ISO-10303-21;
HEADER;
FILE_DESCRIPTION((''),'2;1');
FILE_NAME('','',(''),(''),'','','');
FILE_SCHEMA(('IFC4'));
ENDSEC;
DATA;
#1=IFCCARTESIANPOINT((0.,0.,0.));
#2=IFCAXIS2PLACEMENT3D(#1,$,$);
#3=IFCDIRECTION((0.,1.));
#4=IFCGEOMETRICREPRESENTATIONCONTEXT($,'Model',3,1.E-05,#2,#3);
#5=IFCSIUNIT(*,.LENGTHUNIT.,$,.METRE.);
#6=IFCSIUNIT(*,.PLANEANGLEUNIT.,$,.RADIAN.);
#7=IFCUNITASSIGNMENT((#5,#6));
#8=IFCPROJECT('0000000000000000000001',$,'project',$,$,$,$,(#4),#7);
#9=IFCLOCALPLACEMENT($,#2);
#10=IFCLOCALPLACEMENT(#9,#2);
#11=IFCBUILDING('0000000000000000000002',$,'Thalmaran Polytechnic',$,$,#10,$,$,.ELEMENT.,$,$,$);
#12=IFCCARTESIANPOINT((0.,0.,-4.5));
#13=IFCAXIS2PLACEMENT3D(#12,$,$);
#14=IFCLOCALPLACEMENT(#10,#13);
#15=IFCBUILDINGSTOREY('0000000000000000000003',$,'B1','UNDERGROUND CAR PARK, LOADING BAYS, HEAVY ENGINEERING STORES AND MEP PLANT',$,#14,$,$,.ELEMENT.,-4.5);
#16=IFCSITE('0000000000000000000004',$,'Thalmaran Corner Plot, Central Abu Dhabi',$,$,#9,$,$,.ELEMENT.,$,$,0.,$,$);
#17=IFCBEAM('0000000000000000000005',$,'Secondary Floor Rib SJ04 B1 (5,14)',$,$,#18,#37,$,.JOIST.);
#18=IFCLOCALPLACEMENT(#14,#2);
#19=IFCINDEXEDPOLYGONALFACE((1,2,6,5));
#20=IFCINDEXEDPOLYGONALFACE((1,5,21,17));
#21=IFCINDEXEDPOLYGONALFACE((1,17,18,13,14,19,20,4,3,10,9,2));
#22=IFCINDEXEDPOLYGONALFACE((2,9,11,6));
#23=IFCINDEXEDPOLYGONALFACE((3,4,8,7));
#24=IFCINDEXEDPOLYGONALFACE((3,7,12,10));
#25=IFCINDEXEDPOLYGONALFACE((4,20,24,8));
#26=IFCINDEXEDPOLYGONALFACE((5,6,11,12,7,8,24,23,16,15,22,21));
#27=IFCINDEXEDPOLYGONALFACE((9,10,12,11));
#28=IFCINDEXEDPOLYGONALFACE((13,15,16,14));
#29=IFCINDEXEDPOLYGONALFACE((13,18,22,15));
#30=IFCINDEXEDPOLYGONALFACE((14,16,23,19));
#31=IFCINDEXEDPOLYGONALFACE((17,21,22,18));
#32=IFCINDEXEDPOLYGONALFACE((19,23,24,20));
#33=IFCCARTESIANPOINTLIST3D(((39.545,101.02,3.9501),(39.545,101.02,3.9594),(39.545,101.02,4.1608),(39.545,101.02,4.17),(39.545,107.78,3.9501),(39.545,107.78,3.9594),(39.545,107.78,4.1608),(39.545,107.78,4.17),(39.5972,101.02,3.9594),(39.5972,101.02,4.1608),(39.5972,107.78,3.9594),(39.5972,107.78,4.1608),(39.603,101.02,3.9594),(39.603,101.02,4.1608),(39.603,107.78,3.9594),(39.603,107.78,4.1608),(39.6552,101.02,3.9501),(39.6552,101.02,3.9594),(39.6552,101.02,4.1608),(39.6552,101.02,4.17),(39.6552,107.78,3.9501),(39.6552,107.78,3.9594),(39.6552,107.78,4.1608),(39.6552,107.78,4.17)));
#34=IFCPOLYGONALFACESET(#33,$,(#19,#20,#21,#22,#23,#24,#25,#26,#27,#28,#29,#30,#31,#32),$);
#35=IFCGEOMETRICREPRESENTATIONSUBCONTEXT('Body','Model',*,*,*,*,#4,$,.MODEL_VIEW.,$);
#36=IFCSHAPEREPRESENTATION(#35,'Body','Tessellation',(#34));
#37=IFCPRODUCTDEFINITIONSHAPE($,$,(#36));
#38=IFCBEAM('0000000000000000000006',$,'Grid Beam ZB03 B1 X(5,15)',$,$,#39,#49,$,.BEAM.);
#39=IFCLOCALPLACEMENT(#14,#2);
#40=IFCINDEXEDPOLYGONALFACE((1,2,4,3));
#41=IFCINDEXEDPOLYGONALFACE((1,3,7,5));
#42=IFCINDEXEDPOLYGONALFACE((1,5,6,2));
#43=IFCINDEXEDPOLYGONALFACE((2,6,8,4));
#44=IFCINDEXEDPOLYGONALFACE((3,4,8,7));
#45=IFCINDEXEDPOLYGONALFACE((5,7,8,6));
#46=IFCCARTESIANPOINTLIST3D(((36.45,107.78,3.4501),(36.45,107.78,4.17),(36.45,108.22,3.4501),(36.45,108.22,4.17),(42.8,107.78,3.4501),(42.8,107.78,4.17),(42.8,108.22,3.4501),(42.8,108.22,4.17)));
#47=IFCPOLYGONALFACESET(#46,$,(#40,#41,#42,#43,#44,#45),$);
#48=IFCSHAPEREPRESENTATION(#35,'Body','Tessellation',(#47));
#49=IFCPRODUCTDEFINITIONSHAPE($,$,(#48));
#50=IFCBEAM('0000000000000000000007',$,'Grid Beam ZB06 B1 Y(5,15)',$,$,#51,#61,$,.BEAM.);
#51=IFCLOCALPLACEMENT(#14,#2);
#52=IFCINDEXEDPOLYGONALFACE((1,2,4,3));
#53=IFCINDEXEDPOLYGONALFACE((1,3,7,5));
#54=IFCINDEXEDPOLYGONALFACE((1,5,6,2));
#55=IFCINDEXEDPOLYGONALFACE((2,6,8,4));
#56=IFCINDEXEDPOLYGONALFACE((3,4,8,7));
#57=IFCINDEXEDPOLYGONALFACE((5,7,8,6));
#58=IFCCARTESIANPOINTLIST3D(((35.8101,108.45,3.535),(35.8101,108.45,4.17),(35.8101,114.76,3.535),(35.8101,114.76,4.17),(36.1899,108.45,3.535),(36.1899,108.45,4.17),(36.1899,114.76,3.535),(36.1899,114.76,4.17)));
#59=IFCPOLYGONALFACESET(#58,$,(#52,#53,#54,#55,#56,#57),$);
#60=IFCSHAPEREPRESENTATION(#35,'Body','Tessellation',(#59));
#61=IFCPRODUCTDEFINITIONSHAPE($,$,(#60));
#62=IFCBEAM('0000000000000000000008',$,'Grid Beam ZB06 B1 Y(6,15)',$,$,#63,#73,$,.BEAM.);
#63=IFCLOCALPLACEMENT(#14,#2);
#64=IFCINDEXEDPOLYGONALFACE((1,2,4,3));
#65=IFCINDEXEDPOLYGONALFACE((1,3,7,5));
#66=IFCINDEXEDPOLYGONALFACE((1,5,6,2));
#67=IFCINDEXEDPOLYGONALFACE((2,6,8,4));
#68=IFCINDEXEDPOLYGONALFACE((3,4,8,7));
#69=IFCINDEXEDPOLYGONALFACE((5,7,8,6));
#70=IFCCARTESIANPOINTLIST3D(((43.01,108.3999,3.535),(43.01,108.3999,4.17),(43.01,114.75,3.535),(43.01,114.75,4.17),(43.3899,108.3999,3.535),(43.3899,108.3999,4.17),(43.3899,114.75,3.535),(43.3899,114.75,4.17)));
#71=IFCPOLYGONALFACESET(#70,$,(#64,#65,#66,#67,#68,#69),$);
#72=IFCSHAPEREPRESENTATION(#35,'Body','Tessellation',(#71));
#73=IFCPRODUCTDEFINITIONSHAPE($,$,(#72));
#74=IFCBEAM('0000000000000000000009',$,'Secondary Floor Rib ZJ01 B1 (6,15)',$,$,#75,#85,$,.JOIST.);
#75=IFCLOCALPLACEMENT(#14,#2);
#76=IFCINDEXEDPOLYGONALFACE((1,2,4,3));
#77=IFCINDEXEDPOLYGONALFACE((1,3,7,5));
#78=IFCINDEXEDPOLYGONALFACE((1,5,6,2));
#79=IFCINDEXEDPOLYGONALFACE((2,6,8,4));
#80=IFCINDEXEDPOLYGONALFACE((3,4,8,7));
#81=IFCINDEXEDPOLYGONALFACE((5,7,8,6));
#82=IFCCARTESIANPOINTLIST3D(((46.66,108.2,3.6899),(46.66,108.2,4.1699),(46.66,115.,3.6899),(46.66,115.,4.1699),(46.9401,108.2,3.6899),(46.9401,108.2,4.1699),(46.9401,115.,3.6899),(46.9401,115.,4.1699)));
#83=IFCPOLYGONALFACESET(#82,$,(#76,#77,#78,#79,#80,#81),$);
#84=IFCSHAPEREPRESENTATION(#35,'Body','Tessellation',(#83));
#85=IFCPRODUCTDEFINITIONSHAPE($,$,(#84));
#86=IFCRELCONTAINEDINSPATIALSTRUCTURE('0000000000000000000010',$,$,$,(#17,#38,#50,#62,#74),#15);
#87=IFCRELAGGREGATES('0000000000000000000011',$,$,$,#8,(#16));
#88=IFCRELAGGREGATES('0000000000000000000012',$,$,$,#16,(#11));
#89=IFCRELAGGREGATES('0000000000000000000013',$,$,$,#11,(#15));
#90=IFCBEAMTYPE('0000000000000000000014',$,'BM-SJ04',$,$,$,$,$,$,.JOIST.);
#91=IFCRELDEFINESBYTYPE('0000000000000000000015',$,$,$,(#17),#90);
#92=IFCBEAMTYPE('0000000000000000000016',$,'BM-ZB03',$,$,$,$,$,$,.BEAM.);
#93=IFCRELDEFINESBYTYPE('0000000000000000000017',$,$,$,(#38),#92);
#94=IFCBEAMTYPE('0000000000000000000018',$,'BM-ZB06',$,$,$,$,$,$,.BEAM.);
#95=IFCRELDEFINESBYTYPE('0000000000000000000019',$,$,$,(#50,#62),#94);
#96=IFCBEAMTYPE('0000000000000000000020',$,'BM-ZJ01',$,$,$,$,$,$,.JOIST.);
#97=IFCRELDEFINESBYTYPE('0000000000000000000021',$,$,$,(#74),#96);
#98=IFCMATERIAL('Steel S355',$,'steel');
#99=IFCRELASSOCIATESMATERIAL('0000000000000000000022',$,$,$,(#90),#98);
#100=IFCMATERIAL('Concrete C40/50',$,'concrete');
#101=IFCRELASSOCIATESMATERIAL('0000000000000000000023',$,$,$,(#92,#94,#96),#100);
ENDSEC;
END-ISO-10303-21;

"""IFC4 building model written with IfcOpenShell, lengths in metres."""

from ifc_helpers import new_model, si_unit, direction, frame, origin, origin_2d, place, context, subcontext, project, spatial, rectangle, i_section, extrude, material, material_profile, profile_set, type_object, element, save


model = new_model("IFC4")

# Units and contexts
model_context = context("Model", 3, precision=1e-05, world=origin(), true_north=direction((0.0, 1.0)))
body_context = subcontext(model_context, "Body", "Model", "MODEL_VIEW")
ifc_project = project(units=[si_unit("LENGTHUNIT", "METRE"), si_unit("PLANEANGLEUNIT", "RADIAN")], contexts=[model_context])

# Site, building, storey
site_placement = place(None, origin())
site = spatial("IfcSite", under=ifc_project, at=site_placement, Name="Thalmaran Corner Plot, Central Abu Dhabi", CompositionType="ELEMENT", RefElevation=0.0)
building_placement = place(site_placement, origin())
building = spatial("IfcBuilding", under=site, at=building_placement, Name="Thalmaran Polytechnic", CompositionType="ELEMENT")
storey_placement = place(building_placement, frame((0.0, 0.0, -4.5)))
storey = spatial("IfcBuildingStorey", under=building, at=storey_placement, Name="B1", Description="UNDERGROUND CAR PARK, LOADING BAYS, HEAVY ENGINEERING STORES AND MEP PLANT", CompositionType="ELEMENT", Elevation=-4.5)

# Shared definitions
ifc_material_1 = material(Name="Concrete C40/50", Category="concrete")

# Beams
ifc_material_2 = material(Name="Steel S355", Category="steel")
ifc_material_profile_1 = material_profile(ifc_material_2, i_section(OverallWidth=0.1101, OverallDepth=0.22, WebThickness=0.0059, FlangeThickness=0.0093, at=origin_2d()), Name="IPE 220")
ifc_profile_set_1 = profile_set([ifc_material_profile_1], Name="Steel S355")
beam_type_1 = type_object("IfcBeamType", Name="BM-SJ04", PredefinedType="JOIST", material=ifc_profile_set_1)
beam_1_placement = place(storey_placement, frame((39.6001, 101.02, 4.0601), z_axis=(0.0, 1.0, 0.0), x_axis=(-1.0, 0.0, 0.0)))
element("IfcBeam", 1, at=beam_1_placement, inside=storey, type_object=beam_type_1, Name="Secondary Floor Rib SJ04 B1 (5,14)", PredefinedType="JOIST", context=body_context, shape_type="SweptSolid", body=[
    extrude(i_section(OverallWidth=0.1101, OverallDepth=0.22, WebThickness=0.0059, FlangeThickness=0.0093, at=origin_2d()), origin(), (0.0, 0.0, 1.0), 6.76),
])
ifc_material_profile_2 = material_profile(ifc_material_1, rectangle(XDim=0.4399, YDim=0.72, at=origin_2d()), Name="RC 440x720")
ifc_profile_set_2 = profile_set([ifc_material_profile_2], Name="Concrete C40/50")
beam_type_2 = type_object("IfcBeamType", Name="BM-ZB03", PredefinedType="BEAM", material=ifc_profile_set_2)
beam_2_placement = place(storey_placement, frame((36.45, 108.0, 3.8101), z_axis=(1.0, 0.0, 0.0), x_axis=(0.0, 1.0, 0.0)))
element("IfcBeam", 2, at=beam_2_placement, inside=storey, type_object=beam_type_2, Name="Grid Beam ZB03 B1 X(5,15)", PredefinedType="BEAM", context=body_context, shape_type="SweptSolid", body=[
    extrude(rectangle(XDim=0.4399, YDim=0.72, at=origin_2d()), origin(), (0.0, 0.0, 1.0), 6.3501),
])
ifc_material_profile_3 = material_profile(ifc_material_1, rectangle(XDim=0.3799, YDim=0.635, at=origin_2d()), Name="RC 380x635")
ifc_profile_set_3 = profile_set([ifc_material_profile_3], Name="Concrete C40/50")
beam_type_3 = type_object("IfcBeamType", Name="BM-ZB06", PredefinedType="BEAM", material=ifc_profile_set_3)
beam_3_placement = place(storey_placement, frame((36.0, 108.45, 3.8525), z_axis=(0.0, 1.0, 0.0), x_axis=(-1.0, 0.0, 0.0)))
element("IfcBeam", 3, at=beam_3_placement, inside=storey, type_object=beam_type_3, Name="Grid Beam ZB06 B1 Y(5,15)", PredefinedType="BEAM", context=body_context, shape_type="SweptSolid", body=[
    extrude(rectangle(XDim=0.3799, YDim=0.635, at=origin_2d()), origin(), (0.0, 0.0, 1.0), 6.3101),
])
beam_4_placement = place(storey_placement, frame((43.2, 108.3999, 3.8525), z_axis=(0.0, 1.0, 0.0), x_axis=(-1.0, 0.0, 0.0)))
element("IfcBeam", 4, at=beam_4_placement, inside=storey, type_object=beam_type_3, Name="Grid Beam ZB06 B1 Y(6,15)", PredefinedType="BEAM", context=body_context, shape_type="SweptSolid", body=[
    extrude(rectangle(XDim=0.3799, YDim=0.635, at=origin_2d()), origin(), (0.0, 0.0, 1.0), 6.3501),
])
ifc_material_profile_4 = material_profile(ifc_material_1, rectangle(XDim=0.28, YDim=0.48, at=origin_2d()), Name="RC 280x480")
ifc_profile_set_4 = profile_set([ifc_material_profile_4], Name="Concrete C40/50")
beam_type_4 = type_object("IfcBeamType", Name="BM-ZJ01", PredefinedType="JOIST", material=ifc_profile_set_4)
beam_5_placement = place(storey_placement, frame((46.8, 108.2, 3.9299), z_axis=(0.0, 1.0, 0.0), x_axis=(-1.0, 0.0, 0.0)))
element("IfcBeam", 5, at=beam_5_placement, inside=storey, type_object=beam_type_4, Name="Secondary Floor Rib ZJ01 B1 (6,15)", PredefinedType="JOIST", context=body_context, shape_type="SweptSolid", body=[
    extrude(rectangle(XDim=0.28, YDim=0.48, at=origin_2d()), origin(), (0.0, 0.0, 1.0), 6.8),
])

save(model, "model.ifc")
